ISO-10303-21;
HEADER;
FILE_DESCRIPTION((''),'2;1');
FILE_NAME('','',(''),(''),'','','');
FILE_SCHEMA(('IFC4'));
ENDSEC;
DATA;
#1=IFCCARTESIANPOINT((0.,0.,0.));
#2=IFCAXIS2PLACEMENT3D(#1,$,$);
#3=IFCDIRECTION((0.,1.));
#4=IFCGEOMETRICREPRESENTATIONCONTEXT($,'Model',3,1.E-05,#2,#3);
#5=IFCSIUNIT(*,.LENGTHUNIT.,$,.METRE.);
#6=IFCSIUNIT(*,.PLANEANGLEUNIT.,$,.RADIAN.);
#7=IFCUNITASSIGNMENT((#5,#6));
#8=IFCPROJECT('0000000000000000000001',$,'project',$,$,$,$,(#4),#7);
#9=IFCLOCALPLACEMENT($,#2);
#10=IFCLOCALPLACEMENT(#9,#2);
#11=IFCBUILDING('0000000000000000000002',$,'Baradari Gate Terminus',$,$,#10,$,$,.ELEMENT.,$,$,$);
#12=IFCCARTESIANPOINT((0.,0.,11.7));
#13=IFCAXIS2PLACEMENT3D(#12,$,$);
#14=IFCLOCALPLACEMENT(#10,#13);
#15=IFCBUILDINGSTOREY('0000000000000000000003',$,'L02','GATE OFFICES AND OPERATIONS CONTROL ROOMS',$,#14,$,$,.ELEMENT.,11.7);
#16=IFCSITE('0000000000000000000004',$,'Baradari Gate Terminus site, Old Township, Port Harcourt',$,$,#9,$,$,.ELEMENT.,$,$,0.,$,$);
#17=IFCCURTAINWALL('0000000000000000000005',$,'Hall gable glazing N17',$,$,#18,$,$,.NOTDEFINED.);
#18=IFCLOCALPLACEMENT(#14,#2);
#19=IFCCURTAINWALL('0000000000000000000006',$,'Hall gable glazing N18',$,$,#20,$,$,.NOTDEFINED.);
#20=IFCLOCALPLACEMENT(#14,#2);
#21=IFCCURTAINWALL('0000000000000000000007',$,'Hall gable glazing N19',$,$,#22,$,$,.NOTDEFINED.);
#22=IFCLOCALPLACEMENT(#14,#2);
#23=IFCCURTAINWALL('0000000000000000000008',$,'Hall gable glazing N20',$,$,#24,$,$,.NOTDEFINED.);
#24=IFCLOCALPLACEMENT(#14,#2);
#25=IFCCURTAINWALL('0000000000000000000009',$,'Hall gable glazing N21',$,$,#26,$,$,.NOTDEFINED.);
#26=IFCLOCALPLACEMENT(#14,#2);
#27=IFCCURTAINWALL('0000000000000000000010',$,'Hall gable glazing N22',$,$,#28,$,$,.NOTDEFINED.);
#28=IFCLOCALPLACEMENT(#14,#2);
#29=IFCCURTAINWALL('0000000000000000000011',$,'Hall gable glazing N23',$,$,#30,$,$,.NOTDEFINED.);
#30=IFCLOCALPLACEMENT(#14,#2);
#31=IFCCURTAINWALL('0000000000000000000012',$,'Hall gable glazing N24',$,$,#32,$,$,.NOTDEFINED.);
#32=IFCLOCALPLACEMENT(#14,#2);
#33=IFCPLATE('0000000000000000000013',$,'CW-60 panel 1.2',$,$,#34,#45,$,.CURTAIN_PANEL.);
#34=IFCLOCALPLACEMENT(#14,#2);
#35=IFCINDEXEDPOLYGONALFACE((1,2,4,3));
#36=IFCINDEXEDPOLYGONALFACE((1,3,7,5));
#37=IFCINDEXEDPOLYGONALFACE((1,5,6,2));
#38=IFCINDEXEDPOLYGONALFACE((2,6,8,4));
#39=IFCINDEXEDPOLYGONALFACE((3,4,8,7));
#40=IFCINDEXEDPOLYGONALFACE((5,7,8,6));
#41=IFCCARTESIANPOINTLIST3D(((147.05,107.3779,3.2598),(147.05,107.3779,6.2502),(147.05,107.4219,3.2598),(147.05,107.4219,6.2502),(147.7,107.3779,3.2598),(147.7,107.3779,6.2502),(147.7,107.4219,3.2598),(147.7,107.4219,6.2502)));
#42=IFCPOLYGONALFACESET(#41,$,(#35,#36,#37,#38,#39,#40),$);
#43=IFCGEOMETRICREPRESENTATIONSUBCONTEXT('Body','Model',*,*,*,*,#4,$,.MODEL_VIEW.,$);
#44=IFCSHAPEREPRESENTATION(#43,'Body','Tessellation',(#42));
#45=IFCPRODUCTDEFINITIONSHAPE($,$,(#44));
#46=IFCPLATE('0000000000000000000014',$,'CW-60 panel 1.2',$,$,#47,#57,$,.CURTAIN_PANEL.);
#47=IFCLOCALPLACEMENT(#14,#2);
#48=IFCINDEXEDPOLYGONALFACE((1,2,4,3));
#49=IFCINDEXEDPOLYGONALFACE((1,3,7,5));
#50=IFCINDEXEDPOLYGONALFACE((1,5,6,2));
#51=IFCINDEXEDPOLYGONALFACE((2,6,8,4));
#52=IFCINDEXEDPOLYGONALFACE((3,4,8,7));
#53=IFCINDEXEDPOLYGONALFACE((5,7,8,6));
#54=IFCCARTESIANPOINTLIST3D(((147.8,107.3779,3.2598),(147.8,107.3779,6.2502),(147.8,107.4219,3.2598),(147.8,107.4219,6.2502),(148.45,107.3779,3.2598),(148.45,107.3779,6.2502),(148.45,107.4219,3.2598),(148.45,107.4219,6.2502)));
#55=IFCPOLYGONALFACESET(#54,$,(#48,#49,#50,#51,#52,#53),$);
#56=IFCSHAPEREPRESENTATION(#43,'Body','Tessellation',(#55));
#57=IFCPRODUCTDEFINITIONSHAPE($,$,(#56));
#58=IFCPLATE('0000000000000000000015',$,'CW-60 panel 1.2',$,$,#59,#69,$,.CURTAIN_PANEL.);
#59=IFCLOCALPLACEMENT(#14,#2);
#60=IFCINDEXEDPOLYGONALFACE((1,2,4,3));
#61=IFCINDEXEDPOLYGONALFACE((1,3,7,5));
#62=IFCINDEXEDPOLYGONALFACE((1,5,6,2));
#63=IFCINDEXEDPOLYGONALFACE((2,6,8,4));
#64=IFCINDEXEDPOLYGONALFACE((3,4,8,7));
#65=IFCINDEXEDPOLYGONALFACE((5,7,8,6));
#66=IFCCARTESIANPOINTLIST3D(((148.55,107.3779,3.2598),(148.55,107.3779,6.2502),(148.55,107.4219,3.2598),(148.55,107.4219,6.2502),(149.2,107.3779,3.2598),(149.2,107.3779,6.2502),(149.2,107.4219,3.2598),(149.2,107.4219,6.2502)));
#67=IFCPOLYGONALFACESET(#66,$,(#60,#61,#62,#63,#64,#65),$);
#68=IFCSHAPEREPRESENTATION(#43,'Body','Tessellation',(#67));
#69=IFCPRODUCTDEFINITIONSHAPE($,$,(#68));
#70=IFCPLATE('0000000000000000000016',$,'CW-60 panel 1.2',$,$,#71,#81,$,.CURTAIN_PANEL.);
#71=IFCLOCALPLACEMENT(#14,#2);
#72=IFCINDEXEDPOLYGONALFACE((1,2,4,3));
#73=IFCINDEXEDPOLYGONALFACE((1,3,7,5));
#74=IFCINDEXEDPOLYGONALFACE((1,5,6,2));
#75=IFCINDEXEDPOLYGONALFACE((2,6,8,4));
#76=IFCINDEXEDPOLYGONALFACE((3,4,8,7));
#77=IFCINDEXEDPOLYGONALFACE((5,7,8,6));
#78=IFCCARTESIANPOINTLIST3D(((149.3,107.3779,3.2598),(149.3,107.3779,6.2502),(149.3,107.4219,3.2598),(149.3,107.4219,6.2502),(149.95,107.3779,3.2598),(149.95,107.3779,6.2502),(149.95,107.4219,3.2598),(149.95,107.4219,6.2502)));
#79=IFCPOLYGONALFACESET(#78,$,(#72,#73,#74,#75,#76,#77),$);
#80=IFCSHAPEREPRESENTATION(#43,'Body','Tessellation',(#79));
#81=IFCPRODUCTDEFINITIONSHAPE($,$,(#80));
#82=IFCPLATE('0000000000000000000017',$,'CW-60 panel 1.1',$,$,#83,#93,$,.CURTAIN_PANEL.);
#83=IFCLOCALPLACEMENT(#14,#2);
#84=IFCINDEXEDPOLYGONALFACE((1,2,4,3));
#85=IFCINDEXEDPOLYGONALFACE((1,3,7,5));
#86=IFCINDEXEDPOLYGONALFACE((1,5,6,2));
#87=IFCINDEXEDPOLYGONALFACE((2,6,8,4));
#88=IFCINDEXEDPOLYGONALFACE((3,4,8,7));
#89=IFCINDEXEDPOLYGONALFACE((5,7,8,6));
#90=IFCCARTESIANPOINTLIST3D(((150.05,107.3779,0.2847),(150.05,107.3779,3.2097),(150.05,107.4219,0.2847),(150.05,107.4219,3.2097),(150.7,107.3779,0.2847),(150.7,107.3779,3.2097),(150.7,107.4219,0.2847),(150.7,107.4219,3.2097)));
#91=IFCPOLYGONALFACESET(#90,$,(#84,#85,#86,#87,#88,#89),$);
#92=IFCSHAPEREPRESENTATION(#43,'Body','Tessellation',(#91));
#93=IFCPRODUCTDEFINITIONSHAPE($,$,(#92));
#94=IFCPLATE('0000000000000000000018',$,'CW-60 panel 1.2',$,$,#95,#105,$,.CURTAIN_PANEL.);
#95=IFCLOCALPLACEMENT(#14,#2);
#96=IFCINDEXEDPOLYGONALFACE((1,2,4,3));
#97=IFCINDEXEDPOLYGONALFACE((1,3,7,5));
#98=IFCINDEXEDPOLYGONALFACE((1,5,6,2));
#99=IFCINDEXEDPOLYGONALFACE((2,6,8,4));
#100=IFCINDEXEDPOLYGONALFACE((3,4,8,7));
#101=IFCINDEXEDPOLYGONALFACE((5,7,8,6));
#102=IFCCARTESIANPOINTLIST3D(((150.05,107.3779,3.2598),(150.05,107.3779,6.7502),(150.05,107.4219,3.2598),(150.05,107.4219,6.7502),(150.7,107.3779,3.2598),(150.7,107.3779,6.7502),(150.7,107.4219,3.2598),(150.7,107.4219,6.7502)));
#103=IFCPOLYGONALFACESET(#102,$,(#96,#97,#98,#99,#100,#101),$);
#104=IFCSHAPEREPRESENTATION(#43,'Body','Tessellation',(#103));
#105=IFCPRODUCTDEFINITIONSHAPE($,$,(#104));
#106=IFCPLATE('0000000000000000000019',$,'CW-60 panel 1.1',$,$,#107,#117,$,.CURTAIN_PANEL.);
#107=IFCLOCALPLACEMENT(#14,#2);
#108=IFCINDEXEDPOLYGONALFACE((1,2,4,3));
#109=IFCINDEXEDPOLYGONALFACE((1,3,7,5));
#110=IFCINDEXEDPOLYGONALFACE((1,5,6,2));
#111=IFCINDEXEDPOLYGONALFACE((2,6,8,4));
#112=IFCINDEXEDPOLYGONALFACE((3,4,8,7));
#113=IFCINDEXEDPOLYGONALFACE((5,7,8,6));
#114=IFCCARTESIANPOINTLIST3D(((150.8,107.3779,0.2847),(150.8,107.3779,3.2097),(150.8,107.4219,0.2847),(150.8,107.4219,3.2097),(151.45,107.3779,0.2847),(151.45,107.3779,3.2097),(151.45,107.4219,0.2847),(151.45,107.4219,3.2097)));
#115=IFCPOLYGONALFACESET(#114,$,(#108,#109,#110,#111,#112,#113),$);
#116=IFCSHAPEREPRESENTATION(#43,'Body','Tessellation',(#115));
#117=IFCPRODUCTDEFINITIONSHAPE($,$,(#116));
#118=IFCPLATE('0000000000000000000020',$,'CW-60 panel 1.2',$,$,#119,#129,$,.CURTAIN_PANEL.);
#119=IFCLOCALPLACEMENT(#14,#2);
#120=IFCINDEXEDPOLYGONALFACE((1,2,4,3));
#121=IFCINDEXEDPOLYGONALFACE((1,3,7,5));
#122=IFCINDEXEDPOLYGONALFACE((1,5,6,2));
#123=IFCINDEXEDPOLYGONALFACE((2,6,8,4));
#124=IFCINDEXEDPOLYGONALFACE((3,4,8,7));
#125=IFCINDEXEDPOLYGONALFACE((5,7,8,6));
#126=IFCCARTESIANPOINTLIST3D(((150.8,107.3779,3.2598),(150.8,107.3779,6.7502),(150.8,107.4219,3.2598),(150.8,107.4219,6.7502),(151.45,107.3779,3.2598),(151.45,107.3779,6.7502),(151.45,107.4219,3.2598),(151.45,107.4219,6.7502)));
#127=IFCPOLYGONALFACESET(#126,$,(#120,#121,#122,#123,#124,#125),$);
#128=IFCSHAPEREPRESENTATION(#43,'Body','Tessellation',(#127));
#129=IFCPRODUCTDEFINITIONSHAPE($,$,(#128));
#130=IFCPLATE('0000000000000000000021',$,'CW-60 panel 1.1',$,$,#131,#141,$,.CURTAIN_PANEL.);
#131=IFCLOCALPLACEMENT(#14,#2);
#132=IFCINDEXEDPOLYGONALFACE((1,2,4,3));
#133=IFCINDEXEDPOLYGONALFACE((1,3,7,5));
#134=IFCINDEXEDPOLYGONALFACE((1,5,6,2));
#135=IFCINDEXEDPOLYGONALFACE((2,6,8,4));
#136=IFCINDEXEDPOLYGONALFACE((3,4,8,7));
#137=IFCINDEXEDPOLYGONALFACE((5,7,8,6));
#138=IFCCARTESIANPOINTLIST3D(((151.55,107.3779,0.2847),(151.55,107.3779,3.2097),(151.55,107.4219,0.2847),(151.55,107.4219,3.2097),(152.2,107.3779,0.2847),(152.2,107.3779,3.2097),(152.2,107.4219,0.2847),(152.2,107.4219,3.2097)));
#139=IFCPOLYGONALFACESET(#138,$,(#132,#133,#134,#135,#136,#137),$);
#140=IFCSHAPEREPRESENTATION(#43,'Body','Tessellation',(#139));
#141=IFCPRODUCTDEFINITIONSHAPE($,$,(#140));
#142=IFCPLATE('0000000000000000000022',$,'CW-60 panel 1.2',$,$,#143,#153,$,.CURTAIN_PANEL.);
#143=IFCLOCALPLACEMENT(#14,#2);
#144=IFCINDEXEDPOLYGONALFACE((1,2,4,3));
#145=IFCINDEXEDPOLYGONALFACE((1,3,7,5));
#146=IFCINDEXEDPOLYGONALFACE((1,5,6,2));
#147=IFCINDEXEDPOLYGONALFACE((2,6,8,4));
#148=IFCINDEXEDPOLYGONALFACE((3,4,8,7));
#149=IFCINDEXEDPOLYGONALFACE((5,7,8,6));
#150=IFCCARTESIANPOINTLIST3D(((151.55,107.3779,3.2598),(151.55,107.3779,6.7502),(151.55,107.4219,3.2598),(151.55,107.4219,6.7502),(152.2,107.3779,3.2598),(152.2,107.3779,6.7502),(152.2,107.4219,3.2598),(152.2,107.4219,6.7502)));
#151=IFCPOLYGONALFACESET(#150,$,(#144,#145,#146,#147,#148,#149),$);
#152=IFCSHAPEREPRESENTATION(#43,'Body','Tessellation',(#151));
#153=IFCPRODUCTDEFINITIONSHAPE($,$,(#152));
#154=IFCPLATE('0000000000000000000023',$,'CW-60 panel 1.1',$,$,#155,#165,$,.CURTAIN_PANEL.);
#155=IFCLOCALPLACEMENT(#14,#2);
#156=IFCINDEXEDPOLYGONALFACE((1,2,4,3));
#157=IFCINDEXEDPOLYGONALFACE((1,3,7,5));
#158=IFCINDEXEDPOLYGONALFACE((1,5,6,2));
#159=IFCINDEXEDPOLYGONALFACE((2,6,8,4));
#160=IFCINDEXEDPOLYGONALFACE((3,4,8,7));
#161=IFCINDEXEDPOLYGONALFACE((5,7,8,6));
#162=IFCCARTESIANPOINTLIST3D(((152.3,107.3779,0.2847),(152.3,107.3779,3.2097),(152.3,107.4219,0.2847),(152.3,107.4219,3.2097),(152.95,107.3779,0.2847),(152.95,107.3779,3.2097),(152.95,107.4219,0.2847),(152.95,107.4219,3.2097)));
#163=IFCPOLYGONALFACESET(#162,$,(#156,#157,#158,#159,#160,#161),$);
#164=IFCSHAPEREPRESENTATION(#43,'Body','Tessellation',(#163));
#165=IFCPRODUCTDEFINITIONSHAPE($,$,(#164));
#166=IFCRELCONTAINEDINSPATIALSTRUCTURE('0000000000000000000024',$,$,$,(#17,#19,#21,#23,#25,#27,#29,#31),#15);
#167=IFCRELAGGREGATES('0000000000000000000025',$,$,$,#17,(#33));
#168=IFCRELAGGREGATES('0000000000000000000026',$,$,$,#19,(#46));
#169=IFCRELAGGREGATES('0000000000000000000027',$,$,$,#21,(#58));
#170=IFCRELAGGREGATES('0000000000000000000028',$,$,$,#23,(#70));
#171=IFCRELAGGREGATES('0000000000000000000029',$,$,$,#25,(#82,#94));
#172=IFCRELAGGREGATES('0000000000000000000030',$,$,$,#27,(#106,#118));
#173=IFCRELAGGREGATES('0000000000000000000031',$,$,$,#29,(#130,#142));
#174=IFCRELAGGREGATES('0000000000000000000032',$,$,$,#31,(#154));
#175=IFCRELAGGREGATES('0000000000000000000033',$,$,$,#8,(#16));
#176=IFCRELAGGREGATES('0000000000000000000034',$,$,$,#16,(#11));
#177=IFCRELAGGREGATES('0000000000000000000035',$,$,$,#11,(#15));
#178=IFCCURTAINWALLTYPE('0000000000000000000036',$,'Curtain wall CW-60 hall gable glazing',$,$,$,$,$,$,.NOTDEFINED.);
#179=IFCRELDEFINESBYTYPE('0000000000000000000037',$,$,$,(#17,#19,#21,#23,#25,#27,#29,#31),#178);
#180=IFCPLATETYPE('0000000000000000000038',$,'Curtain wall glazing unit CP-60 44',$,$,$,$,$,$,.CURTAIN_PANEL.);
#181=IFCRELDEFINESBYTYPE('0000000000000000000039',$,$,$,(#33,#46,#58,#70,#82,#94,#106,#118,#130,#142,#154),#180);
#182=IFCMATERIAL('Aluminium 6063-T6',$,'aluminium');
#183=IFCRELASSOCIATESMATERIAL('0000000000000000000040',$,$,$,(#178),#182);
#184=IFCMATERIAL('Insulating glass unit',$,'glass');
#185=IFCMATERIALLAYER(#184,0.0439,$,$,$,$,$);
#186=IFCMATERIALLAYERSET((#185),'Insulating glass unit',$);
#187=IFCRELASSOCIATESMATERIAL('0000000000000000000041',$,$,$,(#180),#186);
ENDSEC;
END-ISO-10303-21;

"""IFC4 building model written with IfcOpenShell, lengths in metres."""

from ifc_helpers import new_model, si_unit, direction, frame, origin, origin_2d, place, context, subcontext, project, spatial, rectangle, extrude, material, layer, layer_set, type_object, element, aggregate, save


model = new_model("IFC4")

# Units and contexts
model_context = context("Model", 3, precision=1e-05, world=origin(), true_north=direction((0.0, 1.0)))
body_context = subcontext(model_context, "Body", "Model", "MODEL_VIEW")
ifc_project = project(units=[si_unit("LENGTHUNIT", "METRE"), si_unit("PLANEANGLEUNIT", "RADIAN")], contexts=[model_context])

# Site, building, storey
site_placement = place(None, origin())
site = spatial("IfcSite", under=ifc_project, at=site_placement, Name="Baradari Gate Terminus site, Old Township, Port Harcourt", CompositionType="ELEMENT", RefElevation=0.0)
building_placement = place(site_placement, origin())
building = spatial("IfcBuilding", under=site, at=building_placement, Name="Baradari Gate Terminus", CompositionType="ELEMENT")
storey_placement = place(building_placement, frame((0.0, 0.0, 11.7)))
storey = spatial("IfcBuildingStorey", under=building, at=storey_placement, Name="L02", Description="GATE OFFICES AND OPERATIONS CONTROL ROOMS", CompositionType="ELEMENT", Elevation=11.7)

# Curtain wall
ifc_material_1 = material(Name="Aluminium 6063-T6", Category="aluminium")
curtain_wall_type = type_object("IfcCurtainWallType", Name="Curtain wall CW-60 hall gable glazing", PredefinedType="NOTDEFINED", material=ifc_material_1)
curtain_wall_1_placement = place(storey_placement, origin())
curtain_wall_1 = element("IfcCurtainWall", 1, at=curtain_wall_1_placement, inside=storey, type_object=curtain_wall_type, Name="Hall gable glazing N17", PredefinedType="NOTDEFINED")

# Curtain walls
curtain_wall_2_placement = place(storey_placement, origin())
curtain_wall_2 = element("IfcCurtainWall", 2, at=curtain_wall_2_placement, inside=storey, type_object=curtain_wall_type, Name="Hall gable glazing N18", PredefinedType="NOTDEFINED")
curtain_wall_3_placement = place(storey_placement, origin())
curtain_wall_3 = element("IfcCurtainWall", 3, at=curtain_wall_3_placement, inside=storey, type_object=curtain_wall_type, Name="Hall gable glazing N19", PredefinedType="NOTDEFINED")
curtain_wall_4_placement = place(storey_placement, origin())
curtain_wall_4 = element("IfcCurtainWall", 4, at=curtain_wall_4_placement, inside=storey, type_object=curtain_wall_type, Name="Hall gable glazing N20", PredefinedType="NOTDEFINED")
curtain_wall_5_placement = place(storey_placement, origin())
curtain_wall_5 = element("IfcCurtainWall", 5, at=curtain_wall_5_placement, inside=storey, type_object=curtain_wall_type, Name="Hall gable glazing N21", PredefinedType="NOTDEFINED")
curtain_wall_6_placement = place(storey_placement, origin())
curtain_wall_6 = element("IfcCurtainWall", 6, at=curtain_wall_6_placement, inside=storey, type_object=curtain_wall_type, Name="Hall gable glazing N22", PredefinedType="NOTDEFINED")
curtain_wall_7_placement = place(storey_placement, origin())
curtain_wall_7 = element("IfcCurtainWall", 7, at=curtain_wall_7_placement, inside=storey, type_object=curtain_wall_type, Name="Hall gable glazing N23", PredefinedType="NOTDEFINED")
curtain_wall_8_placement = place(storey_placement, origin())
curtain_wall_8 = element("IfcCurtainWall", 8, at=curtain_wall_8_placement, inside=storey, type_object=curtain_wall_type, Name="Hall gable glazing N24", PredefinedType="NOTDEFINED")

# Plates
ifc_material_2 = material(Name="Insulating glass unit", Category="glass")
ifc_layer = layer(ifc_material_2, 0.0439)
ifc_layer_set = layer_set([ifc_layer], Name="Insulating glass unit")
plate_type = type_object("IfcPlateType", Name="Curtain wall glazing unit CP-60 44", PredefinedType="CURTAIN_PANEL", material=ifc_layer_set)
plate_1_placement = place(storey_placement, frame((147.375, 107.3999, 3.2598), z_axis=(0.0, 0.0, 1.0), x_axis=(1.0, 0.0, 0.0)))
plate_1 = element("IfcPlate", 9, at=plate_1_placement, type_object=plate_type, Name="CW-60 panel 1.2", PredefinedType="CURTAIN_PANEL", context=body_context, shape_type="SweptSolid", body=[
    extrude(rectangle(XDim=0.6499, YDim=0.0439, at=origin_2d()), origin(), (0.0, 0.0, 1.0), 2.9905),
])
aggregate(curtain_wall_1, [plate_1])
plate_2_placement = place(storey_placement, frame((148.125, 107.3999, 3.2598), z_axis=(0.0, 0.0, 1.0), x_axis=(1.0, 0.0, 0.0)))
plate_2 = element("IfcPlate", 10, at=plate_2_placement, type_object=plate_type, Name="CW-60 panel 1.2", PredefinedType="CURTAIN_PANEL", context=body_context, shape_type="SweptSolid", body=[
    extrude(rectangle(XDim=0.6499, YDim=0.0439, at=origin_2d()), origin(), (0.0, 0.0, 1.0), 2.9905),
])
aggregate(curtain_wall_2, [plate_2])
plate_3_placement = place(storey_placement, frame((148.875, 107.3999, 3.2598), z_axis=(0.0, 0.0, 1.0), x_axis=(1.0, 0.0, 0.0)))
plate_3 = element("IfcPlate", 11, at=plate_3_placement, type_object=plate_type, Name="CW-60 panel 1.2", PredefinedType="CURTAIN_PANEL", context=body_context, shape_type="SweptSolid", body=[
    extrude(rectangle(XDim=0.6499, YDim=0.0439, at=origin_2d()), origin(), (0.0, 0.0, 1.0), 2.9905),
])
aggregate(curtain_wall_3, [plate_3])
plate_4_placement = place(storey_placement, frame((149.625, 107.3999, 3.2598), z_axis=(0.0, 0.0, 1.0), x_axis=(1.0, 0.0, 0.0)))
plate_4 = element("IfcPlate", 12, at=plate_4_placement, type_object=plate_type, Name="CW-60 panel 1.2", PredefinedType="CURTAIN_PANEL", context=body_context, shape_type="SweptSolid", body=[
    extrude(rectangle(XDim=0.6499, YDim=0.0439, at=origin_2d()), origin(), (0.0, 0.0, 1.0), 2.9905),
])
aggregate(curtain_wall_4, [plate_4])
plate_5_placement = place(storey_placement, frame((150.375, 107.3999, 0.2847), z_axis=(0.0, 0.0, 1.0), x_axis=(1.0, 0.0, 0.0)))
plate_5 = element("IfcPlate", 13, at=plate_5_placement, type_object=plate_type, Name="CW-60 panel 1.1", PredefinedType="CURTAIN_PANEL", context=body_context, shape_type="SweptSolid", body=[
    extrude(rectangle(XDim=0.6499, YDim=0.0439, at=origin_2d()), origin(), (0.0, 0.0, 1.0), 2.925),
])
plate_6_placement = place(storey_placement, frame((150.375, 107.3999, 3.2598), z_axis=(0.0, 0.0, 1.0), x_axis=(1.0, 0.0, 0.0)))
plate_6 = element("IfcPlate", 14, at=plate_6_placement, type_object=plate_type, Name="CW-60 panel 1.2", PredefinedType="CURTAIN_PANEL", context=body_context, shape_type="SweptSolid", body=[
    extrude(rectangle(XDim=0.6499, YDim=0.0439, at=origin_2d()), origin(), (0.0, 0.0, 1.0), 3.4905),
])
aggregate(curtain_wall_5, [plate_5, plate_6])
plate_7_placement = place(storey_placement, frame((151.125, 107.3999, 0.2847), z_axis=(0.0, 0.0, 1.0), x_axis=(1.0, 0.0, 0.0)))
plate_7 = element("IfcPlate", 15, at=plate_7_placement, type_object=plate_type, Name="CW-60 panel 1.1", PredefinedType="CURTAIN_PANEL", context=body_context, shape_type="SweptSolid", body=[
    extrude(rectangle(XDim=0.6499, YDim=0.0439, at=origin_2d()), origin(), (0.0, 0.0, 1.0), 2.925),
])
plate_8_placement = place(storey_placement, frame((151.125, 107.3999, 3.2598), z_axis=(0.0, 0.0, 1.0), x_axis=(1.0, 0.0, 0.0)))
plate_8 = element("IfcPlate", 16, at=plate_8_placement, type_object=plate_type, Name="CW-60 panel 1.2", PredefinedType="CURTAIN_PANEL", context=body_context, shape_type="SweptSolid", body=[
    extrude(rectangle(XDim=0.6499, YDim=0.0439, at=origin_2d()), origin(), (0.0, 0.0, 1.0), 3.4905),
])
aggregate(curtain_wall_6, [plate_7, plate_8])
plate_9_placement = place(storey_placement, frame((151.875, 107.3999, 0.2847), z_axis=(0.0, 0.0, 1.0), x_axis=(1.0, 0.0, 0.0)))
plate_9 = element("IfcPlate", 17, at=plate_9_placement, type_object=plate_type, Name="CW-60 panel 1.1", PredefinedType="CURTAIN_PANEL", context=body_context, shape_type="SweptSolid", body=[
    extrude(rectangle(XDim=0.6499, YDim=0.0439, at=origin_2d()), origin(), (0.0, 0.0, 1.0), 2.925),
])
plate_10_placement = place(storey_placement, frame((151.875, 107.3999, 3.2598), z_axis=(0.0, 0.0, 1.0), x_axis=(1.0, 0.0, 0.0)))
plate_10 = element("IfcPlate", 18, at=plate_10_placement, type_object=plate_type, Name="CW-60 panel 1.2", PredefinedType="CURTAIN_PANEL", context=body_context, shape_type="SweptSolid", body=[
    extrude(rectangle(XDim=0.6499, YDim=0.0439, at=origin_2d()), origin(), (0.0, 0.0, 1.0), 3.4905),
])
aggregate(curtain_wall_7, [plate_9, plate_10])
plate_11_placement = place(storey_placement, frame((152.625, 107.3999, 0.2847), z_axis=(0.0, 0.0, 1.0), x_axis=(1.0, 0.0, 0.0)))
plate_11 = element("IfcPlate", 19, at=plate_11_placement, type_object=plate_type, Name="CW-60 panel 1.1", PredefinedType="CURTAIN_PANEL", context=body_context, shape_type="SweptSolid", body=[
    extrude(rectangle(XDim=0.6499, YDim=0.0439, at=origin_2d()), origin(), (0.0, 0.0, 1.0), 2.925),
])
aggregate(curtain_wall_8, [plate_11])

save(model, "model.ifc")
